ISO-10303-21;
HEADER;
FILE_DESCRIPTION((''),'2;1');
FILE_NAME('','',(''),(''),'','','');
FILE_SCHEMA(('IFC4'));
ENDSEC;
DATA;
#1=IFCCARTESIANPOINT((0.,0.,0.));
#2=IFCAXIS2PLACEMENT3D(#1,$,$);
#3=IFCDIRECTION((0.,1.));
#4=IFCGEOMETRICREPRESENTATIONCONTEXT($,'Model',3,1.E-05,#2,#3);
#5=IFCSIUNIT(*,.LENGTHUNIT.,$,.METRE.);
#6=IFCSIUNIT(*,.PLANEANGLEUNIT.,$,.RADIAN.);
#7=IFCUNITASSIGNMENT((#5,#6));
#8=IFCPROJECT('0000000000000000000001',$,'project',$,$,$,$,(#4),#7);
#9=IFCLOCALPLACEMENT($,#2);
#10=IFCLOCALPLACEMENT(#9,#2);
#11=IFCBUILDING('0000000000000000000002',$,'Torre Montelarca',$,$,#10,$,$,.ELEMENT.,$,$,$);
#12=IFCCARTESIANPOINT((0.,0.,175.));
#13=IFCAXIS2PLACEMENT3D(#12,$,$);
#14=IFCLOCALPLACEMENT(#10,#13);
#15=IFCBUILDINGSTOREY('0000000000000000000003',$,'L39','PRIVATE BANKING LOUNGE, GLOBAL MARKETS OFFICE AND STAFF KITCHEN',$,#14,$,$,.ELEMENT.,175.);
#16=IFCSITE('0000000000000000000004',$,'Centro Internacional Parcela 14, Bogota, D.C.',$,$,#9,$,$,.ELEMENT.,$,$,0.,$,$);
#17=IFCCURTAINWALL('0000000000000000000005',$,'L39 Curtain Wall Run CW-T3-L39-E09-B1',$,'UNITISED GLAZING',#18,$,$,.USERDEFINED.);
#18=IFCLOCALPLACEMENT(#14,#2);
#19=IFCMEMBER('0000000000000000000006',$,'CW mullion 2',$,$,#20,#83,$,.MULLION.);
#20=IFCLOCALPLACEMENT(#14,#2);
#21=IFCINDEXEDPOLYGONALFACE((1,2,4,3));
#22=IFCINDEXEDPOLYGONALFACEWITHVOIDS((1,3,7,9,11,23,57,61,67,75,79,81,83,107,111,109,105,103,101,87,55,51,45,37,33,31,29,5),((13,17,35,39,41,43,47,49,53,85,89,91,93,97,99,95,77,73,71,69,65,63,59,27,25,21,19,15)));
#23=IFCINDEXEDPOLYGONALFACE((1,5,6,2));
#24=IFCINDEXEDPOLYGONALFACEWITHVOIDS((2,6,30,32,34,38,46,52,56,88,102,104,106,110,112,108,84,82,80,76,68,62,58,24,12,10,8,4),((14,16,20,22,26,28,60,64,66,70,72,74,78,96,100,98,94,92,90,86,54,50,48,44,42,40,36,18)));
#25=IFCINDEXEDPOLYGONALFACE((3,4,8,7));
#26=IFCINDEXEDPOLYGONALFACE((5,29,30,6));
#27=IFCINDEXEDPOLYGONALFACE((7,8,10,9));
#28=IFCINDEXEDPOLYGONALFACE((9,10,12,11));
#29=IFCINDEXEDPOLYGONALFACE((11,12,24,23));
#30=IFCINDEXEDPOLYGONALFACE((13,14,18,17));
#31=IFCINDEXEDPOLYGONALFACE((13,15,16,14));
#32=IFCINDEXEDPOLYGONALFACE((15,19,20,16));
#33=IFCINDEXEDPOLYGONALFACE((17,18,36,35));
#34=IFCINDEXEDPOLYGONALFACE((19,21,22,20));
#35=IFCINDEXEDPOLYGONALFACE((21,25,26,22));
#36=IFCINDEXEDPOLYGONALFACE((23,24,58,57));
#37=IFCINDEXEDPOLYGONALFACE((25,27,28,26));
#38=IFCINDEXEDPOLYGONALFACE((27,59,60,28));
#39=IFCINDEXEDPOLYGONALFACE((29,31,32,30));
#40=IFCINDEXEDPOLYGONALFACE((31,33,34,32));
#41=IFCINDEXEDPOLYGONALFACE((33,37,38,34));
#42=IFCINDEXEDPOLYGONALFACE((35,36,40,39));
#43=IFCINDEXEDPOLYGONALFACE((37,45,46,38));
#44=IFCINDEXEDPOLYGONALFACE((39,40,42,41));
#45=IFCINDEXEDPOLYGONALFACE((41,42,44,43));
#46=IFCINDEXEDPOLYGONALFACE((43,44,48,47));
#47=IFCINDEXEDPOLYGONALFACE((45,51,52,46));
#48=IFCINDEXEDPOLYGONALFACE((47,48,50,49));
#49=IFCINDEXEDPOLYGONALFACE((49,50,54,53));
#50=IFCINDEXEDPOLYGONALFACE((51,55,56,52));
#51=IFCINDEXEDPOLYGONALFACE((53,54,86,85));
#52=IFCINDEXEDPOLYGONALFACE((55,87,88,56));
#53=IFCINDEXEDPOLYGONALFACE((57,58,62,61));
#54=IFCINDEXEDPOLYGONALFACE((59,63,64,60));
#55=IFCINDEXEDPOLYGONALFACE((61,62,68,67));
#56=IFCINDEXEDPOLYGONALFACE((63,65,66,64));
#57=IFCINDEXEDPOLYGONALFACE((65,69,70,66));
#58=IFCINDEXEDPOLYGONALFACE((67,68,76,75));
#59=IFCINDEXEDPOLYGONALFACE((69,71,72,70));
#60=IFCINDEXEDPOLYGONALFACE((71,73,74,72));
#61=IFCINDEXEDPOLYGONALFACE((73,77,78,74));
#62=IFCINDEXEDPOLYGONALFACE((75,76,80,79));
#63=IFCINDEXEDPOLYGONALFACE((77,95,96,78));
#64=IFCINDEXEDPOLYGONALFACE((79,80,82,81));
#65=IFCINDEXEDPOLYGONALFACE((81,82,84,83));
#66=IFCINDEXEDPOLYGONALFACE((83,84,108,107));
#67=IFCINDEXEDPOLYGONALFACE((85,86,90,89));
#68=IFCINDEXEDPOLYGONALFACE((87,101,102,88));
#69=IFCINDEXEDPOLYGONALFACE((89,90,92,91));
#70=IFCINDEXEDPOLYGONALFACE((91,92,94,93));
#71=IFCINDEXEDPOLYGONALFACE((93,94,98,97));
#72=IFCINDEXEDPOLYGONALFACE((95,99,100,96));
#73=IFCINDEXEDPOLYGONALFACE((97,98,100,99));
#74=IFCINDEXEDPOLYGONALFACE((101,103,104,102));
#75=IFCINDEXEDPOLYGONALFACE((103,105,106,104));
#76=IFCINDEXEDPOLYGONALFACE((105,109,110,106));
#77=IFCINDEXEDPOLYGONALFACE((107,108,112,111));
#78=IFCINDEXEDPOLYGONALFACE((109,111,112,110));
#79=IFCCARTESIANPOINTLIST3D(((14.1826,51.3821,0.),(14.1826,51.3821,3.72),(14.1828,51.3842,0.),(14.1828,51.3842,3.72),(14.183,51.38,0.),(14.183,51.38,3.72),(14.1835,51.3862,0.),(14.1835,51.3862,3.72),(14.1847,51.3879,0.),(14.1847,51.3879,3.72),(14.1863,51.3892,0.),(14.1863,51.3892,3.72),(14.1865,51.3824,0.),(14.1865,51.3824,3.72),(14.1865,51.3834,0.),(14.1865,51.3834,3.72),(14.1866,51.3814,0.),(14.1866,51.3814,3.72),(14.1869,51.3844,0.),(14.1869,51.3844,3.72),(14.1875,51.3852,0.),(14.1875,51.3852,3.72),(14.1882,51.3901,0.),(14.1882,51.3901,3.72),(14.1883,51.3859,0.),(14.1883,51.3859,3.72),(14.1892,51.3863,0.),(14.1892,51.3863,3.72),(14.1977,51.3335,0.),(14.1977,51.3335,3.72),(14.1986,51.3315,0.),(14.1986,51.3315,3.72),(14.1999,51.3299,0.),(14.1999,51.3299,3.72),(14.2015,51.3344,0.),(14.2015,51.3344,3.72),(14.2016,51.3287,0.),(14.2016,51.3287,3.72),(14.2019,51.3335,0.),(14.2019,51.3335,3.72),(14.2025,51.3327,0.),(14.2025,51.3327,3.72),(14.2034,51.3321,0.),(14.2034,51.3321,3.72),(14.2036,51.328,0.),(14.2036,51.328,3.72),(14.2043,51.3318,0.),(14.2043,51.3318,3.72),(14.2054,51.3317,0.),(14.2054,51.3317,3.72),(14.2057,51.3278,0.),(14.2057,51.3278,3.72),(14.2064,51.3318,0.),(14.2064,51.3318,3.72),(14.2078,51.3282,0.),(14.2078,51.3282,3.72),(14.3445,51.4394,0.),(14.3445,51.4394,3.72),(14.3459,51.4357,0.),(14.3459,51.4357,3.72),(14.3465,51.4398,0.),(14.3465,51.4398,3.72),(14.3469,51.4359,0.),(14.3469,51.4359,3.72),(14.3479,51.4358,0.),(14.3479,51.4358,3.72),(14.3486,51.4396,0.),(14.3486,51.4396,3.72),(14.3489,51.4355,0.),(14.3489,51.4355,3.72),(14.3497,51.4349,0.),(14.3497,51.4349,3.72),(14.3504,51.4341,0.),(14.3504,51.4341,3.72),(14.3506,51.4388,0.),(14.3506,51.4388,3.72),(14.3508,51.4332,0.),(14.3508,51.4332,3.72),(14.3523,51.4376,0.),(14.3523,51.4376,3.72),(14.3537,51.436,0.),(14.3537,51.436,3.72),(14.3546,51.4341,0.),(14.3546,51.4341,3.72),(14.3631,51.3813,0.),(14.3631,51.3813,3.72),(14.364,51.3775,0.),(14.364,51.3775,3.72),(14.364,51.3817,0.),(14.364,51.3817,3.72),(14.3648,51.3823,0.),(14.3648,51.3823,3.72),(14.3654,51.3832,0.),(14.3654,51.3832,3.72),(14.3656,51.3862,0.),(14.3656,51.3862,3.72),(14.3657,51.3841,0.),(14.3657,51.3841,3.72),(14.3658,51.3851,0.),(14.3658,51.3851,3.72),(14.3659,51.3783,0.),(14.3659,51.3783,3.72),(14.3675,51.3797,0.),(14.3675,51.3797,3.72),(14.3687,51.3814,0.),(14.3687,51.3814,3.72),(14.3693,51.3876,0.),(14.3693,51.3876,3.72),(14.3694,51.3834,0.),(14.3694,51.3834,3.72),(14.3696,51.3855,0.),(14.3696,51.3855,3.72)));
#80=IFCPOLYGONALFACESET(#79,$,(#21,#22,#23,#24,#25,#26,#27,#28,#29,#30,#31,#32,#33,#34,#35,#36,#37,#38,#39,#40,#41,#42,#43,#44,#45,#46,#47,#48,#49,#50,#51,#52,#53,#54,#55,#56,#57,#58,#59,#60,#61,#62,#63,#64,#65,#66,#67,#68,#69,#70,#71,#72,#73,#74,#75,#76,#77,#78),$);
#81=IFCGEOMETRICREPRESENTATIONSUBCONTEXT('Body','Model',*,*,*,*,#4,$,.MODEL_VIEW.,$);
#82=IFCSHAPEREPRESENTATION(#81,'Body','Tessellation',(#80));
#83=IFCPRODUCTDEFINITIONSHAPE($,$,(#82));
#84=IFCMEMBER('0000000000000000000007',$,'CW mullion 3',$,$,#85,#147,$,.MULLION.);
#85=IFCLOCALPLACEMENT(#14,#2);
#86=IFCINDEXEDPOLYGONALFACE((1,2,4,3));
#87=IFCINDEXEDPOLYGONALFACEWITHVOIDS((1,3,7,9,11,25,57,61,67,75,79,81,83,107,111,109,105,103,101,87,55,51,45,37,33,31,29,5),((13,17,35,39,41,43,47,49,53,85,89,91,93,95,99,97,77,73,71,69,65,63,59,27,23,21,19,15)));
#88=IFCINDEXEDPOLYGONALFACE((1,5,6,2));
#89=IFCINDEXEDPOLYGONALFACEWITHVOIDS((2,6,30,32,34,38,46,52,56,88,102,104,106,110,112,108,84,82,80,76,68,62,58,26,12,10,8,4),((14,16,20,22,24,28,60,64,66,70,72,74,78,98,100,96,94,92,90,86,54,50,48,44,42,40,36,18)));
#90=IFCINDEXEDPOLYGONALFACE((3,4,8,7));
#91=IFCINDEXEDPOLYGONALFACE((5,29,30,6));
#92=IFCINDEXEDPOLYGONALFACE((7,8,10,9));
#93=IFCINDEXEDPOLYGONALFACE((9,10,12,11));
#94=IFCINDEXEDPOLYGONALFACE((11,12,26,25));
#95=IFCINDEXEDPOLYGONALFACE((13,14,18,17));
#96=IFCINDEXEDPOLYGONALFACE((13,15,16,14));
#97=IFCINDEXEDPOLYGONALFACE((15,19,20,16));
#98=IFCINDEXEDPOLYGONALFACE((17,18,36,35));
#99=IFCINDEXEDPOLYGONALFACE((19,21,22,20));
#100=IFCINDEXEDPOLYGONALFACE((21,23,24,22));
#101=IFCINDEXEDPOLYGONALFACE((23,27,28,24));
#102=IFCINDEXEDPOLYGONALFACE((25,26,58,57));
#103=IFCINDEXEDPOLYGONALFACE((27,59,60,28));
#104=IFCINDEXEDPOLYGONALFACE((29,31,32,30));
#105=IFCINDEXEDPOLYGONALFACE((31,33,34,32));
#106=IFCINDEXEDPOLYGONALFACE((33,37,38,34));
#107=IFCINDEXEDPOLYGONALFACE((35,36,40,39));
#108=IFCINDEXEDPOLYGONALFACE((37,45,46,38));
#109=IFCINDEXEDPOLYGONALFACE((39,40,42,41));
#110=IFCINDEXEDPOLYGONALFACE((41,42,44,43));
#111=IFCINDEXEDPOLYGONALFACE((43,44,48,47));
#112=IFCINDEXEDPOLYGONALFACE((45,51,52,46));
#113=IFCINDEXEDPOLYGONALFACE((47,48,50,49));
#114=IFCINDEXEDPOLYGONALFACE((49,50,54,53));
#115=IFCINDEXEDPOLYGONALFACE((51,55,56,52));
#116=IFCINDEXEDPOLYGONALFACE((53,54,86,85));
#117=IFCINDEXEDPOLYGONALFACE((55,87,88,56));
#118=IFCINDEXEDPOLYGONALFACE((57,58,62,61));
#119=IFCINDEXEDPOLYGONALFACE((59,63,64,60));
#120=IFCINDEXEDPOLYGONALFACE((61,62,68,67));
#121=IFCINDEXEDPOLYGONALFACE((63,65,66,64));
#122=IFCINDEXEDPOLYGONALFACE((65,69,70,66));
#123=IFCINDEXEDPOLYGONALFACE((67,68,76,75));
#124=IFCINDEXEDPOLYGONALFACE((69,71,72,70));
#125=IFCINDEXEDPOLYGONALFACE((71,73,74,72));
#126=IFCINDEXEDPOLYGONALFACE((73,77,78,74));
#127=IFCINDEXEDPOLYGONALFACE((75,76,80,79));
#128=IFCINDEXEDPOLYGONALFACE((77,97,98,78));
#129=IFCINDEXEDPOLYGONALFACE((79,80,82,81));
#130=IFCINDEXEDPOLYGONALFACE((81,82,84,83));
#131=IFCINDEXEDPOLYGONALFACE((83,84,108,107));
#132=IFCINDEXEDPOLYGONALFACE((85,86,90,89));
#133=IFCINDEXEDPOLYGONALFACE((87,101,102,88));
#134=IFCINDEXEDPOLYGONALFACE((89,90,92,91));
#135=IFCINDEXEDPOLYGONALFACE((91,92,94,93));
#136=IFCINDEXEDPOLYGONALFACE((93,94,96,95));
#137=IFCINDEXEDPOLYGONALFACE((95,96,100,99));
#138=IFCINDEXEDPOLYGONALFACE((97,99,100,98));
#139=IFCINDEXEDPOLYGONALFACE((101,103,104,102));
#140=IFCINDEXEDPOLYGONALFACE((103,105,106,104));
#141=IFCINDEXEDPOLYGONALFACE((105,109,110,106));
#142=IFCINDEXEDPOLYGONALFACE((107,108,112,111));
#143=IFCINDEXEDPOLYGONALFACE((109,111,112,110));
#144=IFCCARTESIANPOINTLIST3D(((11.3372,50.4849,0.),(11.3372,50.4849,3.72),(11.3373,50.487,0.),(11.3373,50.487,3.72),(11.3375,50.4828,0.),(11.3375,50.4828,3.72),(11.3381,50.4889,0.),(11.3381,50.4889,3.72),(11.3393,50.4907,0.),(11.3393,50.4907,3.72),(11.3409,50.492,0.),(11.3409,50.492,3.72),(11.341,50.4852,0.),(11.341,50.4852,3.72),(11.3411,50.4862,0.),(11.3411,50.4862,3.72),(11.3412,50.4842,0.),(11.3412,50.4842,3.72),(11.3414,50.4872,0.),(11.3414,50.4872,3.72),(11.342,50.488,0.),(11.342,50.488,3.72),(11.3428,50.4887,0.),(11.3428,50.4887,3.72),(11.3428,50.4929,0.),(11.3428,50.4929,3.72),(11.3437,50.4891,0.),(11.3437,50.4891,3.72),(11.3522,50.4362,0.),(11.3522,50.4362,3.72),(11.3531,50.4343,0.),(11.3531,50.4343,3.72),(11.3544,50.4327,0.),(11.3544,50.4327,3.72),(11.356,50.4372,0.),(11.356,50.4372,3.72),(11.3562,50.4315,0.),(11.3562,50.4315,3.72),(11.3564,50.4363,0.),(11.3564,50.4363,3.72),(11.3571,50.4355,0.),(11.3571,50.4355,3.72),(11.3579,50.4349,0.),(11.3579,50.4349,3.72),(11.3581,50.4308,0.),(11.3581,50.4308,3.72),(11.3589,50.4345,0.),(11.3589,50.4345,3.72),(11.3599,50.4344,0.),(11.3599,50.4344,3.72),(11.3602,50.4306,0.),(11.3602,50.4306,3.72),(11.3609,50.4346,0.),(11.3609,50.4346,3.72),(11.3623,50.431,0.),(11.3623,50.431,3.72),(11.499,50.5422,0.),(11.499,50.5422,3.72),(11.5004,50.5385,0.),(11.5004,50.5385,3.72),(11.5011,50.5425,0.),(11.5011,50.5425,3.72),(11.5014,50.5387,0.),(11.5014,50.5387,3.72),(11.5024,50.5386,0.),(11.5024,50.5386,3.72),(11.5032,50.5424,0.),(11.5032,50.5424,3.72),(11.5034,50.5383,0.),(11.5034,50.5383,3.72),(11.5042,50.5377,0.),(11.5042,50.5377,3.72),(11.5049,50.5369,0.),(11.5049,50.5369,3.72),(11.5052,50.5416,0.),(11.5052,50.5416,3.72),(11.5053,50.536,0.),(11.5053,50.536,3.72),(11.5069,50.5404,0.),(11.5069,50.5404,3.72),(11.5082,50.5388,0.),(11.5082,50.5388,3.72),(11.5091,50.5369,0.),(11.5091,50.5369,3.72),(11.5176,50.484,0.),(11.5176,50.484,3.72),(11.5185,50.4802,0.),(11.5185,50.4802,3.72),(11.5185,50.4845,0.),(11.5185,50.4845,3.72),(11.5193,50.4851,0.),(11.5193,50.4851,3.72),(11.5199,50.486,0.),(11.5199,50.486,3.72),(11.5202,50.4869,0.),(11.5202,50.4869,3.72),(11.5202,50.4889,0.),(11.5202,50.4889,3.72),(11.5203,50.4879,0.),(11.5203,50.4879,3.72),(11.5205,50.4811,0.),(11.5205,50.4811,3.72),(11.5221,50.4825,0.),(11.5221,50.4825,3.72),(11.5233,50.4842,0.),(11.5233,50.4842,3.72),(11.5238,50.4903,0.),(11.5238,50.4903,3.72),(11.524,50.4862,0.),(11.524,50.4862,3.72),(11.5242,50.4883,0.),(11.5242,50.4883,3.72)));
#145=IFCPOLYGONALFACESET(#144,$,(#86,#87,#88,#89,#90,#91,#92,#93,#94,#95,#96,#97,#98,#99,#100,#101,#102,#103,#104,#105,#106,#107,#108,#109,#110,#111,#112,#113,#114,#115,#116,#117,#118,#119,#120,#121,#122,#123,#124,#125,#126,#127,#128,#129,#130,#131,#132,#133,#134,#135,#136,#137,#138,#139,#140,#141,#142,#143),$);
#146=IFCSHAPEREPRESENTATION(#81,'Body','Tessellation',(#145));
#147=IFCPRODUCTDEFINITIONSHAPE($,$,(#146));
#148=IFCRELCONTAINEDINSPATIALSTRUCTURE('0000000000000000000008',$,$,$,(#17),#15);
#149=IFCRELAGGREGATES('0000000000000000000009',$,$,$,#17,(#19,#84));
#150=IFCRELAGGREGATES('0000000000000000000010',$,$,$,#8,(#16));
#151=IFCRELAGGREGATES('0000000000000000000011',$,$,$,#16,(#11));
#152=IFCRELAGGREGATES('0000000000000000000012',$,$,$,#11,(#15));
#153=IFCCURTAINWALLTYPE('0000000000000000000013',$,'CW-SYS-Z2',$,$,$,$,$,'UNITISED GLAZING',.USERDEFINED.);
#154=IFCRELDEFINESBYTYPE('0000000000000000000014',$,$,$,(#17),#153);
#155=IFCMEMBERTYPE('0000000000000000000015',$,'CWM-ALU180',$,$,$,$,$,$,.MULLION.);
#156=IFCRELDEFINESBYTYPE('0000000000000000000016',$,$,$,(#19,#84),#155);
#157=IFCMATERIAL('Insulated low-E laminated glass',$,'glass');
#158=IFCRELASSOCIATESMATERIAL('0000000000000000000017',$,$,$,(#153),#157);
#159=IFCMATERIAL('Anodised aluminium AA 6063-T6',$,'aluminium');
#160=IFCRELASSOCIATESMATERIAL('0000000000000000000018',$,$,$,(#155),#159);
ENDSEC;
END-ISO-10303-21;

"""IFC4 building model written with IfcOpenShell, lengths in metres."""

from ifc_helpers import new_model, si_unit, direction, frame, origin, origin_2d, place, context, subcontext, project, spatial, hollow_rectangle, extrude, source, transform, mapped, material, material_profile, profile_set, type_object, element, aggregate, save


model = new_model("IFC4")

# Units and contexts
model_context = context("Model", 3, precision=1e-05, world=origin(), true_north=direction((0.0, 1.0)))
body_context = subcontext(model_context, "Body", "Model", "MODEL_VIEW")
ifc_project = project(units=[si_unit("LENGTHUNIT", "METRE"), si_unit("PLANEANGLEUNIT", "RADIAN")], contexts=[model_context])

# Site, building, storey
site_placement = place(None, origin())
site = spatial("IfcSite", under=ifc_project, at=site_placement, Name="Centro Internacional Parcela 14, Bogota, D.C.", CompositionType="ELEMENT", RefElevation=0.0)
building_placement = place(site_placement, origin())
building = spatial("IfcBuilding", under=site, at=building_placement, Name="Torre Montelarca", CompositionType="ELEMENT")
storey_placement = place(building_placement, frame((0.0, 0.0, 175.0)))
storey = spatial("IfcBuildingStorey", under=building, at=storey_placement, Name="L39", Description="PRIVATE BANKING LOUNGE, GLOBAL MARKETS OFFICE AND STAFF KITCHEN", CompositionType="ELEMENT", Elevation=175.0)

# Curtain wall
ifc_material_1 = material(Name="Insulated low-E laminated glass", Category="glass")
curtain_wall_type = type_object("IfcCurtainWallType", Name="CW-SYS-Z2", ElementType="UNITISED GLAZING", PredefinedType="USERDEFINED", material=ifc_material_1)
curtain_wall_1_placement = place(storey_placement, origin())
curtain_wall_1 = element("IfcCurtainWall", 1, at=curtain_wall_1_placement, inside=storey, type_object=curtain_wall_type, Name="L39 Curtain Wall Run CW-T3-L39-E09-B1", ObjectType="UNITISED GLAZING", PredefinedType="USERDEFINED")
ifc_material_2 = material(Name="Anodised aluminium AA 6063-T6", Category="aluminium")

# Members
ifc_material_profile_1 = material_profile(ifc_material_2, hollow_rectangle(XDim=0.0649, YDim=0.1799, WallThickness=0.0039, InnerFilletRadius=0.0039, OuterFilletRadius=0.0081, at=origin_2d()), Name="ALU65X180X4", Category="aluminium")
ifc_profile_set_1 = profile_set([ifc_material_profile_1], Name="Anodised aluminium AA 6063-T6")
member_type_1 = type_object("IfcMemberType", Name="CWM-ALU180", PredefinedType="MULLION", material=ifc_profile_set_1)
shared_shape_1 = source(origin(), body_context, "Body", "SweptSolid", [
    extrude(hollow_rectangle(XDim=0.0649, YDim=0.1799, WallThickness=0.0039, InnerFilletRadius=0.0039, OuterFilletRadius=0.0081, at=origin_2d()), origin(), (0.0, 0.0, 1.0), 3.72),
])
member_1_placement = place(storey_placement, frame((14.2761, 51.3838, 0.0), z_axis=(0.0, 0.0, 1.0), x_axis=(0.300699, -0.953719, 0.0)))
member_1 = element("IfcMember", 2, at=member_1_placement, type_object=member_type_1, Name="CW mullion 2", PredefinedType="MULLION", context=body_context, shape_type="MappedRepresentation", body=[
    mapped(shared_shape_1, transform((0.0, 0.0, 0.0), scale=1.0)),
])
member_2_placement = place(storey_placement, frame((11.4307, 50.4866, 0.0), z_axis=(0.0, 0.0, 1.0), x_axis=(0.300699, -0.953719, 0.0)))
member_2 = element("IfcMember", 3, at=member_2_placement, type_object=member_type_1, Name="CW mullion 3", PredefinedType="MULLION", context=body_context, shape_type="MappedRepresentation", body=[
    mapped(shared_shape_1, transform((0.0, 0.0, 0.0), scale=1.0)),
])

aggregate(curtain_wall_1, [member_1, member_2])

save(model, "model.ifc")
